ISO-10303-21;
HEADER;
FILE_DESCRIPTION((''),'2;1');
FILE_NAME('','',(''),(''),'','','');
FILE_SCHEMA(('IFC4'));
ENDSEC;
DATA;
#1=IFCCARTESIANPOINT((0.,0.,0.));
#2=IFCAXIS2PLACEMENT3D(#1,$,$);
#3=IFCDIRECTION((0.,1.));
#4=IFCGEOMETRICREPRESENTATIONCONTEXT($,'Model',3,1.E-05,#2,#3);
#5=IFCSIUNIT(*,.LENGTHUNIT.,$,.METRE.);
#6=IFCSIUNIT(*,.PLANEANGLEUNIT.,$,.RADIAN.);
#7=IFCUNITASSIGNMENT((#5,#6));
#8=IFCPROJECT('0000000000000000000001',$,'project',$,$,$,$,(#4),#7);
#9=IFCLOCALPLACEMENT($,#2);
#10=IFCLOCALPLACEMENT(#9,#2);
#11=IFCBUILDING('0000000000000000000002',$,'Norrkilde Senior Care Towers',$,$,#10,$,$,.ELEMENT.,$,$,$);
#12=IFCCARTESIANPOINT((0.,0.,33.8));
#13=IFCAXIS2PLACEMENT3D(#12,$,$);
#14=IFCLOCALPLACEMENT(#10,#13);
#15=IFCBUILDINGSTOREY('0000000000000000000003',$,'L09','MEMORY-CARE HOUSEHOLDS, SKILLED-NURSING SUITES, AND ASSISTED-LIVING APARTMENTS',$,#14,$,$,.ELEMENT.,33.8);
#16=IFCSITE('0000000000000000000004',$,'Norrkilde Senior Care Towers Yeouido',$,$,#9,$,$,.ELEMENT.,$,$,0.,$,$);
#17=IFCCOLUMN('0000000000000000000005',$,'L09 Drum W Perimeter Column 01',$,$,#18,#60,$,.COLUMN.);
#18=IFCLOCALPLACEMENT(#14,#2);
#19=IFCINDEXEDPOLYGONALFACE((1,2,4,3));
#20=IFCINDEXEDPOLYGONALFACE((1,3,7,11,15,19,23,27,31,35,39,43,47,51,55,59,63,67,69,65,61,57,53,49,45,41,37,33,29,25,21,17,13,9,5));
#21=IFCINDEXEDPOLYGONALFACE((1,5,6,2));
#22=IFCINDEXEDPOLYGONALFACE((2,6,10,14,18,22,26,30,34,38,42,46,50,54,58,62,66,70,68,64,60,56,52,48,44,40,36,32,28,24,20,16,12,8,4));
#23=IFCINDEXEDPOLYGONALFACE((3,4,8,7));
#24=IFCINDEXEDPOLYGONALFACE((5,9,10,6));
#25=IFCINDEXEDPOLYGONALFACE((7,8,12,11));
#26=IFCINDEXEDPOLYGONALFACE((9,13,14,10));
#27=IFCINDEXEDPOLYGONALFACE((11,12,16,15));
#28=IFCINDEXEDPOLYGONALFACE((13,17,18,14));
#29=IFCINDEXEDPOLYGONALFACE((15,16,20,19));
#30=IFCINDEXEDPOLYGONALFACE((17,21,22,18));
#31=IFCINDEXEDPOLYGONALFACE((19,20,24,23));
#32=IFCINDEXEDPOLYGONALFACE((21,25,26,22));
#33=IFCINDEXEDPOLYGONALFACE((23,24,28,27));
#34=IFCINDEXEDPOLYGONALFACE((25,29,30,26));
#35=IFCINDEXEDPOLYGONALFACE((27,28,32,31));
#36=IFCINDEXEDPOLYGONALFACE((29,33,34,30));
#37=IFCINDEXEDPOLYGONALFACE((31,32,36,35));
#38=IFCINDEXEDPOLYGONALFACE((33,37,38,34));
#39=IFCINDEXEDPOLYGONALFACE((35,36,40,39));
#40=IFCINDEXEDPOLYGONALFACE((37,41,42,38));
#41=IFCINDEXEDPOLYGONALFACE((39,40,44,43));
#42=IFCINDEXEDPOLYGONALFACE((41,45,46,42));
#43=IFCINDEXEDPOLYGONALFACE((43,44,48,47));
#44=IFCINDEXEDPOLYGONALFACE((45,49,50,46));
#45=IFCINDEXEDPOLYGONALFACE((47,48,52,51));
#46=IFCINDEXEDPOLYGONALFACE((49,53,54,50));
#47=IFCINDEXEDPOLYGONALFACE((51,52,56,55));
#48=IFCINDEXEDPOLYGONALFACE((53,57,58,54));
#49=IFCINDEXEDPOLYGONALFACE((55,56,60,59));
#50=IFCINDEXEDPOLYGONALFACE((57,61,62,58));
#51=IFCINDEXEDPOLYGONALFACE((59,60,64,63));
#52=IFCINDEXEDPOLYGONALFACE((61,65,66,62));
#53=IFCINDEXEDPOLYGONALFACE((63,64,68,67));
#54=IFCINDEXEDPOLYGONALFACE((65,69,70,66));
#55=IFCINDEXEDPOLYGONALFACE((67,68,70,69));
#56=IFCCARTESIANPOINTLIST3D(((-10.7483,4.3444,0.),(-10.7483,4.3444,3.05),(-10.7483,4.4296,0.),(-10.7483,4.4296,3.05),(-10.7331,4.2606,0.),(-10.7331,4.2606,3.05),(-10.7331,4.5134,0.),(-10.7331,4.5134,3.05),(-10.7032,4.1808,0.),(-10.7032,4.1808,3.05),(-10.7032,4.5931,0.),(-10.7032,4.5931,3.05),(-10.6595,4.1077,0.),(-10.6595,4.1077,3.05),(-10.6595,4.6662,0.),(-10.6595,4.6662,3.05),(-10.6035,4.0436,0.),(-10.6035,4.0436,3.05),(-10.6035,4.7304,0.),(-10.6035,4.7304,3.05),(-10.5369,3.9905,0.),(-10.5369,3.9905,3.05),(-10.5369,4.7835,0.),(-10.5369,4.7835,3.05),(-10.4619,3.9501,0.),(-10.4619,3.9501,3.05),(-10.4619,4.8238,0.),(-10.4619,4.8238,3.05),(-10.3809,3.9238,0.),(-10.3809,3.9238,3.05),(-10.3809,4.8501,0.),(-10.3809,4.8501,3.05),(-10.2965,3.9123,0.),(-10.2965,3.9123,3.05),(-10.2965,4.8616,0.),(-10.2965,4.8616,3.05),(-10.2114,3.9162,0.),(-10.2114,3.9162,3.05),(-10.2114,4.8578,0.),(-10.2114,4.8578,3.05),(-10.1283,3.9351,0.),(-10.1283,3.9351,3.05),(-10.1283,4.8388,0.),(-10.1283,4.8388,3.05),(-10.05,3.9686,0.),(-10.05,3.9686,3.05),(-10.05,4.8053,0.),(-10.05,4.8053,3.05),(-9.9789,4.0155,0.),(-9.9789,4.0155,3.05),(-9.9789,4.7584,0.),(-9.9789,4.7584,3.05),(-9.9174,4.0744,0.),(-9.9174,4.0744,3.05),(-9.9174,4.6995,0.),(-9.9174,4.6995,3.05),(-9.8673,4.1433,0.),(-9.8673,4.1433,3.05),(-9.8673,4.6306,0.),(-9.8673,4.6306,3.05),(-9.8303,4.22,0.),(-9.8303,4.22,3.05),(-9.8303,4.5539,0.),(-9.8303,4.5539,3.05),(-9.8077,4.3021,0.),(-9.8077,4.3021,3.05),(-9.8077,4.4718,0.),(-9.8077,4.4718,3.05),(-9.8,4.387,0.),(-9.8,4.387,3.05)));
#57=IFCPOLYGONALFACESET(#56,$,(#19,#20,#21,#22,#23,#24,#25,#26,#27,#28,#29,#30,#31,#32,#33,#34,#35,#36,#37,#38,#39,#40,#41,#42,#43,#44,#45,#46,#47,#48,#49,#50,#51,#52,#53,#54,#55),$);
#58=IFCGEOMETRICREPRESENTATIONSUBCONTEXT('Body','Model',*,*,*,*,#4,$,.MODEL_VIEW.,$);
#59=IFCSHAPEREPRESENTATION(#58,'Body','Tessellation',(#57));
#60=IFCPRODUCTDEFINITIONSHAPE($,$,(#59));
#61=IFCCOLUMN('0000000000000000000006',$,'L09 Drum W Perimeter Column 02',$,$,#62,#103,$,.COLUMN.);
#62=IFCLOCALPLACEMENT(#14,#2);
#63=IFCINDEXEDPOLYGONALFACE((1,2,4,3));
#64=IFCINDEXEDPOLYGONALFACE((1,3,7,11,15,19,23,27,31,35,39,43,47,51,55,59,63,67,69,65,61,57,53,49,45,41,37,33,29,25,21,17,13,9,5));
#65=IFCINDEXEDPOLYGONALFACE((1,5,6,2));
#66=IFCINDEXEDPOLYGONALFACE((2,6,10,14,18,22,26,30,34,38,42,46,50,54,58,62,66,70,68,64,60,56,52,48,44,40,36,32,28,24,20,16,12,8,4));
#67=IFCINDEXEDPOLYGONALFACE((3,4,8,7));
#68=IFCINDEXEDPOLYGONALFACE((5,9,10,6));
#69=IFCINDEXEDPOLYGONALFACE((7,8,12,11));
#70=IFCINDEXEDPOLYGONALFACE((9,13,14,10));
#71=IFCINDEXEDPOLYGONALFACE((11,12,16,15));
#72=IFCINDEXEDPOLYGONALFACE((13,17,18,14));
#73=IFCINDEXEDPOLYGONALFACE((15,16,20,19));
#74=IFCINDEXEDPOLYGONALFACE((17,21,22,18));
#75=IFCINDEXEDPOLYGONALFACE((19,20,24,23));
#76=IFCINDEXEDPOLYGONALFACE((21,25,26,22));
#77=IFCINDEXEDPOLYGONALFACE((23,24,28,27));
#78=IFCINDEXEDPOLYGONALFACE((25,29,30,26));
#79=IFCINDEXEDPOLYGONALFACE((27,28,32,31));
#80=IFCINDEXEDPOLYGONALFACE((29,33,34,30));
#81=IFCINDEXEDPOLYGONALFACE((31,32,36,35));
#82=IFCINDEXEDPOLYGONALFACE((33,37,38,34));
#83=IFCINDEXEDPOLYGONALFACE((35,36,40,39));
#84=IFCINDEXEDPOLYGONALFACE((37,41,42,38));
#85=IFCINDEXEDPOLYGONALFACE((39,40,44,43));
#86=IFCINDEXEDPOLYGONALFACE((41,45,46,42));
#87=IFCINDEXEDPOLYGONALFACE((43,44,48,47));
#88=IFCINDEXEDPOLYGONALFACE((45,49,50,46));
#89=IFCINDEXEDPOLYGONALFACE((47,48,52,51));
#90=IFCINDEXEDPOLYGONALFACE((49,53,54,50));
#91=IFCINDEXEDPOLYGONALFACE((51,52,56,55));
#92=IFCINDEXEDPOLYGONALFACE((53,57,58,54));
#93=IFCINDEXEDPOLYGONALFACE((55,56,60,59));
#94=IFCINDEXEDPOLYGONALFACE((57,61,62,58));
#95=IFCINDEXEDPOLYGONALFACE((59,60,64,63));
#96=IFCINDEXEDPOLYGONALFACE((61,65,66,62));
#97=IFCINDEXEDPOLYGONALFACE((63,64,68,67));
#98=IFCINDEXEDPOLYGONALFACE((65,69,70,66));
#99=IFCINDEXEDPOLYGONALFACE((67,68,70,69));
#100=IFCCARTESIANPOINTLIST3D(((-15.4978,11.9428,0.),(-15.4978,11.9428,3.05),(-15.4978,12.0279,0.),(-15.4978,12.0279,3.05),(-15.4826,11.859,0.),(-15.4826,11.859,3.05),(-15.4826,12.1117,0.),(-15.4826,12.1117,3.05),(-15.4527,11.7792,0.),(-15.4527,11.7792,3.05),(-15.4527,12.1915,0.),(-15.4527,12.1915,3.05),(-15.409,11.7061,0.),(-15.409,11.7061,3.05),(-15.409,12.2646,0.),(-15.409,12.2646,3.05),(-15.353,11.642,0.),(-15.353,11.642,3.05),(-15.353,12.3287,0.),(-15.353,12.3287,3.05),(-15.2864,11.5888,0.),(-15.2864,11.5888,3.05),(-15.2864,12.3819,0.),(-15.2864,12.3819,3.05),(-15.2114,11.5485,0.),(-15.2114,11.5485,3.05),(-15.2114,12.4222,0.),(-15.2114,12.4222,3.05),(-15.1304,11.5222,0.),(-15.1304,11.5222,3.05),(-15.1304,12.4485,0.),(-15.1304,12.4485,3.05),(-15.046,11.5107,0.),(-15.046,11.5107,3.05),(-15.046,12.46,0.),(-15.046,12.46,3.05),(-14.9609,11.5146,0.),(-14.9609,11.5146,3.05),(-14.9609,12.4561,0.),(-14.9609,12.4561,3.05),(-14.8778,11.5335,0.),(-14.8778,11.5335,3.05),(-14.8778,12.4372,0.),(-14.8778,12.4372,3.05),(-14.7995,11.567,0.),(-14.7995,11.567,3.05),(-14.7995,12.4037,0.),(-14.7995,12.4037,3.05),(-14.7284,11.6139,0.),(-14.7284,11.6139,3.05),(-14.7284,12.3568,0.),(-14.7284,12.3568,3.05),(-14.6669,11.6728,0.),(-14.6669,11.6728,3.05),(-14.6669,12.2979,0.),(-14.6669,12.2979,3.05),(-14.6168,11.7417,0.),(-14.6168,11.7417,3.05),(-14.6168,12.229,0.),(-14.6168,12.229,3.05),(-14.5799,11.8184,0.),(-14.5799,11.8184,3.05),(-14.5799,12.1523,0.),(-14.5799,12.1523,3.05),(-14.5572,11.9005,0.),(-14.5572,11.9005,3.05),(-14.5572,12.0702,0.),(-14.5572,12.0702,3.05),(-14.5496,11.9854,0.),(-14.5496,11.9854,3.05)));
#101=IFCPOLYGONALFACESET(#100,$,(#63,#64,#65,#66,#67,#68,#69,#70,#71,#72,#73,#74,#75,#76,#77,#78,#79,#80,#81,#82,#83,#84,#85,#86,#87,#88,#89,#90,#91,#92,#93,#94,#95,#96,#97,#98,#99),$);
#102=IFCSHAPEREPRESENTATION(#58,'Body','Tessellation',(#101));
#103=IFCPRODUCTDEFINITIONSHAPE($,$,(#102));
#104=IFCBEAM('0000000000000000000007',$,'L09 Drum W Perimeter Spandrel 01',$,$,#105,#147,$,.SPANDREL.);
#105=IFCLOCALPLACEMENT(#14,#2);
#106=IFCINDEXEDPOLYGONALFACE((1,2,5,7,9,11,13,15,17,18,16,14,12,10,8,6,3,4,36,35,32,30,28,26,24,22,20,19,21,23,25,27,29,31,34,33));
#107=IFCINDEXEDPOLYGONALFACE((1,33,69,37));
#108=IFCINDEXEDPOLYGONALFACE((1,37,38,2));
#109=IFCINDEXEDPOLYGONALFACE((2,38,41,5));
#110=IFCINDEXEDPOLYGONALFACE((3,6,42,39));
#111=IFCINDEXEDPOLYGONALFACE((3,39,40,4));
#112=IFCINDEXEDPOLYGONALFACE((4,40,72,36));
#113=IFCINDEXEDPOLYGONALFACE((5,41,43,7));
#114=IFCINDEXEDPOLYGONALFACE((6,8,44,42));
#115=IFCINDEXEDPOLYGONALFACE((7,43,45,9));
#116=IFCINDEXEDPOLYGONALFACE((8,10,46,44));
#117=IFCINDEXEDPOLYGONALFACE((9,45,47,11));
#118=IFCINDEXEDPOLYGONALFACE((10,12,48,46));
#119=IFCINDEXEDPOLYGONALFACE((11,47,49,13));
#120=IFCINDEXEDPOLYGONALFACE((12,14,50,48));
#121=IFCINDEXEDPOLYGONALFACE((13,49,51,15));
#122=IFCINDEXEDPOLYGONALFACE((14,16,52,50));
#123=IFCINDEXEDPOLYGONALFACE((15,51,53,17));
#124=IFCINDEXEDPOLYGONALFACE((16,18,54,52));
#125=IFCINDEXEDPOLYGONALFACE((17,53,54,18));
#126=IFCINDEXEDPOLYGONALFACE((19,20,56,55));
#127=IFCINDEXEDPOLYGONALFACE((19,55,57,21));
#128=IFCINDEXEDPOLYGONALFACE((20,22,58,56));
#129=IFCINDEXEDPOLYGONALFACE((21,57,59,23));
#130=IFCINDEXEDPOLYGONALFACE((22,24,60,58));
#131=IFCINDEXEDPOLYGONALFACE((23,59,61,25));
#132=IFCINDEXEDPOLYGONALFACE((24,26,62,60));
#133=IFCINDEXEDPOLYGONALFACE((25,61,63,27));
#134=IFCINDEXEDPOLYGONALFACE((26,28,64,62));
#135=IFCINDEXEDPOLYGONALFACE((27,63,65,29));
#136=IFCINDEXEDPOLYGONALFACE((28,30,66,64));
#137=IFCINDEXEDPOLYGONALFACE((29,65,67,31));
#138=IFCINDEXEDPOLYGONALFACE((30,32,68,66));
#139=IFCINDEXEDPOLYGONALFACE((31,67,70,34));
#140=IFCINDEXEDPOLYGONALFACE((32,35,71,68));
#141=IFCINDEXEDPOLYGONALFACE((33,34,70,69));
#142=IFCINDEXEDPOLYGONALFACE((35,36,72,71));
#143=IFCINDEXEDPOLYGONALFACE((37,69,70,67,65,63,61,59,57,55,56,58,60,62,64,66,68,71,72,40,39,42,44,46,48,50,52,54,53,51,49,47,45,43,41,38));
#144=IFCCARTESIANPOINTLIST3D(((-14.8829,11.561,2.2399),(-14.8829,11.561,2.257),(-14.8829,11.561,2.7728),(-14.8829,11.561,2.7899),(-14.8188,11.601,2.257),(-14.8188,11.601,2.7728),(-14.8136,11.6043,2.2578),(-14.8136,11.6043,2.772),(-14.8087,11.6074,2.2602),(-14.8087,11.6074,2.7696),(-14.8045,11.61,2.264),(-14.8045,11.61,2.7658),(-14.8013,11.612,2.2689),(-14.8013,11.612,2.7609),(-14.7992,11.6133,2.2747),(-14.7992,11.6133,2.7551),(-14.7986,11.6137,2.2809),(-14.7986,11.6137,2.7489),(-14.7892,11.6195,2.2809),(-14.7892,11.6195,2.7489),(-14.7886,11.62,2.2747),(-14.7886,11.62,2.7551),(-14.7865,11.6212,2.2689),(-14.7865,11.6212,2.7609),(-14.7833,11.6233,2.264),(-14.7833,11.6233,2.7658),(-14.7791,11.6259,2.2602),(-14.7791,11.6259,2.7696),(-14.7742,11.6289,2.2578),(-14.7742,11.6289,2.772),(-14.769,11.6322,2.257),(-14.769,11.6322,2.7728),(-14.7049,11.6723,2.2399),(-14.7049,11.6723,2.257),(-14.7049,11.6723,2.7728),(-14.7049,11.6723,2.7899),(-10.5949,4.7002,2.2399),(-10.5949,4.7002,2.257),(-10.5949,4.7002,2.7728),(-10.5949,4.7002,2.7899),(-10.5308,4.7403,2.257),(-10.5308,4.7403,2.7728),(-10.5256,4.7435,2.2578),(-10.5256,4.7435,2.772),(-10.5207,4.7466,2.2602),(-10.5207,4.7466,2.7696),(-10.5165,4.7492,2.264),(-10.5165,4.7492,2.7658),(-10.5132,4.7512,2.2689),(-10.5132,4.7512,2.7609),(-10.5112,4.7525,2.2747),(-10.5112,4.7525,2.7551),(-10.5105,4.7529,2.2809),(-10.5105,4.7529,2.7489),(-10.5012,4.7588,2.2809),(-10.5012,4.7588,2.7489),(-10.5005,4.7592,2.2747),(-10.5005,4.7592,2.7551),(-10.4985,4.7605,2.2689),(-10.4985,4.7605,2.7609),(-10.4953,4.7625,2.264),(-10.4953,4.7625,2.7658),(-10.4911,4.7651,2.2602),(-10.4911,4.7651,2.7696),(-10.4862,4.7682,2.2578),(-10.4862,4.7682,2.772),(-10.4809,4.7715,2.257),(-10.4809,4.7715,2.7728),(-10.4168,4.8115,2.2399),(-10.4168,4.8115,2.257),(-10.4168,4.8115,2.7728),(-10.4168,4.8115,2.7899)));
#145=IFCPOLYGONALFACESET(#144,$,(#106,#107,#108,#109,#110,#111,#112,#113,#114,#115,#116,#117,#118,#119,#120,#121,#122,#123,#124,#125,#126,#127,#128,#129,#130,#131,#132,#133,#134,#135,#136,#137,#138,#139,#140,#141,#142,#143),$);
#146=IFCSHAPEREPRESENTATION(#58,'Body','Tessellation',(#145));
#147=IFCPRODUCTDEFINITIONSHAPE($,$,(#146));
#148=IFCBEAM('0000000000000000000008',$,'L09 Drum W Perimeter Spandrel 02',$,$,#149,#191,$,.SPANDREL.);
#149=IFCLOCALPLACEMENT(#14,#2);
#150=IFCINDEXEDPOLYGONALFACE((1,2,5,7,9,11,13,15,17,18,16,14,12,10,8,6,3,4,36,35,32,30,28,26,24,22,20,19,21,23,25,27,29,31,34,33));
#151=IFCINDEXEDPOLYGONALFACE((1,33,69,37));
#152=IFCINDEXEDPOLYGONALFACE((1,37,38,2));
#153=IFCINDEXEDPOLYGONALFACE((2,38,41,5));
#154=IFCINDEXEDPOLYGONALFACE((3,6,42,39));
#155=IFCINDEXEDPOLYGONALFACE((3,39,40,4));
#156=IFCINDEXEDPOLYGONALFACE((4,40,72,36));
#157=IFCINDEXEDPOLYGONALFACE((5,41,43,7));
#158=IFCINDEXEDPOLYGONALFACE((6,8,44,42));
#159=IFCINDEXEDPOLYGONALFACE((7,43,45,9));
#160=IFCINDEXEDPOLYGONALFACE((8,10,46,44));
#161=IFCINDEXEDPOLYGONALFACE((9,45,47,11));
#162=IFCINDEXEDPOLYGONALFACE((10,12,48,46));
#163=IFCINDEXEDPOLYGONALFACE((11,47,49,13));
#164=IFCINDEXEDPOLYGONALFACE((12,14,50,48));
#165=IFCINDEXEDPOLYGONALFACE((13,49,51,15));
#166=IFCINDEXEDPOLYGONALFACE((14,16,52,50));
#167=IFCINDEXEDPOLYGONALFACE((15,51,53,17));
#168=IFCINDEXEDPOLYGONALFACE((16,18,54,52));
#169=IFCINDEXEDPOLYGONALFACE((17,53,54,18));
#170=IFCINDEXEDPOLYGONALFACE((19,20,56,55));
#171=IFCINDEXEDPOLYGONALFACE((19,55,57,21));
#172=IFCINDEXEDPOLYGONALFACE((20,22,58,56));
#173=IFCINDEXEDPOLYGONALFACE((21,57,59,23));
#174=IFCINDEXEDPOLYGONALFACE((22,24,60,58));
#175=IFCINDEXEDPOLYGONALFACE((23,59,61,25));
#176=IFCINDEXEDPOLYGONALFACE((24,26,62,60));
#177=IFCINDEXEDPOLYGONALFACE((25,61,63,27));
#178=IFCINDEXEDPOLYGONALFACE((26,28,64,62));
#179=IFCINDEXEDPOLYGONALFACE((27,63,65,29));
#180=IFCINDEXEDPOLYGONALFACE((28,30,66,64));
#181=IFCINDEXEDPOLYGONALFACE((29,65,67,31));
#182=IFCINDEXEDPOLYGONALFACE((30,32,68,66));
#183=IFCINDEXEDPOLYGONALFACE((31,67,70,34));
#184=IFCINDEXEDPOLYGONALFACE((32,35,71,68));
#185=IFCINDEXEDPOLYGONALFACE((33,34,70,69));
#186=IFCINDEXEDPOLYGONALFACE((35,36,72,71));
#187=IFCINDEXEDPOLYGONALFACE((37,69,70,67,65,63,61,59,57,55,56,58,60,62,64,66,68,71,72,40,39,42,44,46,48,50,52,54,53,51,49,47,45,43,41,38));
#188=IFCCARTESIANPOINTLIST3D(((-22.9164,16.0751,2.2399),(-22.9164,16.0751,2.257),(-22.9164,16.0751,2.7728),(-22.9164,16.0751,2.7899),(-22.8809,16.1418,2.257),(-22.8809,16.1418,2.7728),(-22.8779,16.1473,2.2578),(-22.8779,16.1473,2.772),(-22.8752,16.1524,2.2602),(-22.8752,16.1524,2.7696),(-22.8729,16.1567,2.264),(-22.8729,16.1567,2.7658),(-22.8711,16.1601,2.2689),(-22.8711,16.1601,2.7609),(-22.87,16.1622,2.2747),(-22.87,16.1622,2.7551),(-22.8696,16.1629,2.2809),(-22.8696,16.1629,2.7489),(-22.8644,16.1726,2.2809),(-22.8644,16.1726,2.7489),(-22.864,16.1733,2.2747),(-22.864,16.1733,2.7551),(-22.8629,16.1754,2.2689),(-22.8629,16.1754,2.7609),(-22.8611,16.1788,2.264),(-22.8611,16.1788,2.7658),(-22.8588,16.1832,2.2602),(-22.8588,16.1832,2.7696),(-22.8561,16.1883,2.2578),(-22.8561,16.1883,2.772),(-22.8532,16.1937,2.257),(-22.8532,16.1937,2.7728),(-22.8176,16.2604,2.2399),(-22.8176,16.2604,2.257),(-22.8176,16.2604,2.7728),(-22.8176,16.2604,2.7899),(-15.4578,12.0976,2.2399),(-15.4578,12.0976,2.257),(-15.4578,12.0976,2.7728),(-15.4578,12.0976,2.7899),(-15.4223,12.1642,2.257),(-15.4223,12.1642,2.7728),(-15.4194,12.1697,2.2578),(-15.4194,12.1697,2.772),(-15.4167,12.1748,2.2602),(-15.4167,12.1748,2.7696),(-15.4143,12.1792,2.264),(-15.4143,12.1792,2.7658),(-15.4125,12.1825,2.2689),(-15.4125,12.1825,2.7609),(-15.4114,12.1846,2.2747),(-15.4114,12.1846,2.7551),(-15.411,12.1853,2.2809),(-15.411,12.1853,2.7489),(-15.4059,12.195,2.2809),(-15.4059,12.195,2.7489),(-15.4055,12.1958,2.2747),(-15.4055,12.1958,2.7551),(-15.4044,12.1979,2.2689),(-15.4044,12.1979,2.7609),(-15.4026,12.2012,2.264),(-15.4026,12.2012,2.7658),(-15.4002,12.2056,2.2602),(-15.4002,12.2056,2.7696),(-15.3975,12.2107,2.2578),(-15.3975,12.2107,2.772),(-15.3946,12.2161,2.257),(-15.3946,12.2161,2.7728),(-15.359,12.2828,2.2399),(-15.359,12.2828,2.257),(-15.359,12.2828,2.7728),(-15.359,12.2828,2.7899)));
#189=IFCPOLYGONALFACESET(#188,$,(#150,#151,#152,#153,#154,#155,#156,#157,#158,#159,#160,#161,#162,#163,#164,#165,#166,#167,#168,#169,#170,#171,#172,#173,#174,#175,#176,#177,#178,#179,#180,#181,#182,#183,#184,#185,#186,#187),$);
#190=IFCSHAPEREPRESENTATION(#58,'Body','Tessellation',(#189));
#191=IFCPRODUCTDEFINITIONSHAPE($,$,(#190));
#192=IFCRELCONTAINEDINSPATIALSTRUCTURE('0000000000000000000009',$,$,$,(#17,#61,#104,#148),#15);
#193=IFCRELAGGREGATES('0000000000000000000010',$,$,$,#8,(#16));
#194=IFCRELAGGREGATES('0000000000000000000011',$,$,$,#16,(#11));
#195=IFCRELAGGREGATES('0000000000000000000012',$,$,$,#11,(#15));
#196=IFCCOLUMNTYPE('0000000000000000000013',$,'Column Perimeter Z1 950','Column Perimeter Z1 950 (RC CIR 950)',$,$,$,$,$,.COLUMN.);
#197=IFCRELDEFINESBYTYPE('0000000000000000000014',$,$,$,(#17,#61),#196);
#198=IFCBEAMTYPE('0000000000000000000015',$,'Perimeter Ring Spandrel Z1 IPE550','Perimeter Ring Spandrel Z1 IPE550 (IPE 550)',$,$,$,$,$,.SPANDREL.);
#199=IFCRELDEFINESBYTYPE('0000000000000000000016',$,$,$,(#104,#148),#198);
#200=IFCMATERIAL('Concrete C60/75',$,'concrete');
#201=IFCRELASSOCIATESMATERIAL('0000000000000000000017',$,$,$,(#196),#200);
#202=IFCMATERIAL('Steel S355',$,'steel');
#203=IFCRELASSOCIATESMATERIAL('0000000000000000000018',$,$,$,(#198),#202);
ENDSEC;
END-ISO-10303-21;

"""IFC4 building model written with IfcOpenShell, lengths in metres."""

from ifc_helpers import new_model, si_unit, direction, frame, origin, origin_2d, place, context, subcontext, project, spatial, circle, i_section, extrude, source, transform, mapped, material, material_profile, profile_set, type_object, type_shapes, element, save


model = new_model("IFC4")

# Units and contexts
model_context = context("Model", 3, precision=1e-05, world=origin(), true_north=direction((0.0, 1.0)))
body_context = subcontext(model_context, "Body", "Model", "MODEL_VIEW")
ifc_project = project(units=[si_unit("LENGTHUNIT", "METRE"), si_unit("PLANEANGLEUNIT", "RADIAN")], contexts=[model_context])

# Site, building, storey
site_placement = place(None, origin())
site = spatial("IfcSite", under=ifc_project, at=site_placement, Name="Norrkilde Senior Care Towers Yeouido", CompositionType="ELEMENT", RefElevation=0.0)
building_placement = place(site_placement, origin())
building = spatial("IfcBuilding", under=site, at=building_placement, Name="Norrkilde Senior Care Towers", CompositionType="ELEMENT")
storey_placement = place(building_placement, frame((0.0, 0.0, 33.8)))
storey = spatial("IfcBuildingStorey", under=building, at=storey_placement, Name="L09", Description="MEMORY-CARE HOUSEHOLDS, SKILLED-NURSING SUITES, AND ASSISTED-LIVING APARTMENTS", CompositionType="ELEMENT", Elevation=33.8)

# Columns
ifc_material_1 = material(Name="Concrete C60/75", Category="concrete")
ifc_material_profile_1 = material_profile(ifc_material_1, circle(Radius=0.4751, at=origin_2d()), Name="RC CIR 950")
ifc_profile_set_1 = profile_set([ifc_material_profile_1], Name="Concrete C60/75")
column_type = type_object("IfcColumnType", Name="Column Perimeter Z1 950", Description="Column Perimeter Z1 950 (RC CIR 950)", PredefinedType="COLUMN", material=ifc_profile_set_1)
shared_shape_1 = source(origin(), body_context, "Body", "SweptSolid", [
    extrude(circle(Radius=0.4751, at=origin_2d()), origin(), (0.0, 0.0, 1.0), 3.05),
])
type_shapes(column_type, [shared_shape_1])
for number, where, z_axis, x_axis, name in (
    (1, (-10.2751, 4.387, 0.0), (0.0, 0.0, 1.0), (1.0, 0.0, 0.0), "L09 Drum W Perimeter Column 01"),
    (2, (-15.0247, 11.9854, 0.0), (0.0, 0.0, 1.0), (1.0, 0.0, 0.0), "L09 Drum W Perimeter Column 02"),
):
    element("IfcColumn", number, at=place(storey_placement, frame(where, z_axis=z_axis, x_axis=x_axis)), inside=storey, type_object=column_type, Name=name, PredefinedType="COLUMN", context=body_context, shape_type="MappedRepresentation", body=[
        mapped(shared_shape_1, transform((0.0, 0.0, 0.0), x_axis=(1.0, 0.0, 0.0), y_axis=(0.0, 1.0, 0.0), z_axis=(0.0, 0.0, 1.0), scale=1.0)),
    ])

# Beams
ifc_material_2 = material(Name="Steel S355", Category="steel")
ifc_material_profile_2 = material_profile(ifc_material_2, i_section(OverallWidth=0.21, OverallDepth=0.55, WebThickness=0.011, FlangeThickness=0.0171, FilletRadius=0.0239, at=origin_2d()), Name="IPE 550")
ifc_profile_set_2 = profile_set([ifc_material_profile_2], Name="Steel S355")
beam_type_1 = type_object("IfcBeamType", Name="Perimeter Ring Spandrel Z1 IPE550", Description="Perimeter Ring Spandrel Z1 IPE550 (IPE 550)", PredefinedType="SPANDREL", material=ifc_profile_set_2)
shared_shape_2 = source(origin(), body_context, "Body", "SweptSolid", [
    extrude(i_section(OverallWidth=0.21, OverallDepth=0.55, WebThickness=0.011, FlangeThickness=0.0171, FilletRadius=0.0239, at=origin_2d()), origin(), (0.0, 0.0, 1.0), 8.0906),
])
beam_1_placement = place(storey_placement, frame((-10.5059, 4.7559, 2.5149), z_axis=(-0.530004, 0.847995, 0.0), x_axis=(-0.847995, -0.530004, 0.0)))
element("IfcBeam", 3, at=beam_1_placement, inside=storey, type_object=beam_type_1, Name="L09 Drum W Perimeter Spandrel 01", PredefinedType="SPANDREL", context=body_context, shape_type="MappedRepresentation", body=[
    mapped(shared_shape_2, transform((0.0, 0.0, 0.0), x_axis=(1.0, 0.0, 0.0), y_axis=(0.0, 1.0, 0.0), z_axis=(0.0, 0.0, 1.0), scale=1.0)),
])
shared_shape_3 = source(origin(), body_context, "Body", "SweptSolid", [
    extrude(i_section(OverallWidth=0.21, OverallDepth=0.55, WebThickness=0.011, FlangeThickness=0.0171, FilletRadius=0.0239, at=origin_2d()), origin(), (0.0, 0.0, 1.0), 8.4529),
])
type_shapes(beam_type_1, [shared_shape_2, shared_shape_3])
beam_2_placement = place(storey_placement, frame((-15.4084, 12.1902, 2.5149), z_axis=(-0.882369, 0.470558, 0.0), x_axis=(-0.470558, -0.882369, 0.0)))
element("IfcBeam", 4, at=beam_2_placement, inside=storey, type_object=beam_type_1, Name="L09 Drum W Perimeter Spandrel 02", PredefinedType="SPANDREL", context=body_context, shape_type="MappedRepresentation", body=[
    mapped(shared_shape_3, transform((0.0, 0.0, 0.0), x_axis=(1.0, 0.0, 0.0), y_axis=(0.0, 1.0, 0.0), z_axis=(0.0, 0.0, 1.0), scale=1.0)),
])

save(model, "model.ifc")
